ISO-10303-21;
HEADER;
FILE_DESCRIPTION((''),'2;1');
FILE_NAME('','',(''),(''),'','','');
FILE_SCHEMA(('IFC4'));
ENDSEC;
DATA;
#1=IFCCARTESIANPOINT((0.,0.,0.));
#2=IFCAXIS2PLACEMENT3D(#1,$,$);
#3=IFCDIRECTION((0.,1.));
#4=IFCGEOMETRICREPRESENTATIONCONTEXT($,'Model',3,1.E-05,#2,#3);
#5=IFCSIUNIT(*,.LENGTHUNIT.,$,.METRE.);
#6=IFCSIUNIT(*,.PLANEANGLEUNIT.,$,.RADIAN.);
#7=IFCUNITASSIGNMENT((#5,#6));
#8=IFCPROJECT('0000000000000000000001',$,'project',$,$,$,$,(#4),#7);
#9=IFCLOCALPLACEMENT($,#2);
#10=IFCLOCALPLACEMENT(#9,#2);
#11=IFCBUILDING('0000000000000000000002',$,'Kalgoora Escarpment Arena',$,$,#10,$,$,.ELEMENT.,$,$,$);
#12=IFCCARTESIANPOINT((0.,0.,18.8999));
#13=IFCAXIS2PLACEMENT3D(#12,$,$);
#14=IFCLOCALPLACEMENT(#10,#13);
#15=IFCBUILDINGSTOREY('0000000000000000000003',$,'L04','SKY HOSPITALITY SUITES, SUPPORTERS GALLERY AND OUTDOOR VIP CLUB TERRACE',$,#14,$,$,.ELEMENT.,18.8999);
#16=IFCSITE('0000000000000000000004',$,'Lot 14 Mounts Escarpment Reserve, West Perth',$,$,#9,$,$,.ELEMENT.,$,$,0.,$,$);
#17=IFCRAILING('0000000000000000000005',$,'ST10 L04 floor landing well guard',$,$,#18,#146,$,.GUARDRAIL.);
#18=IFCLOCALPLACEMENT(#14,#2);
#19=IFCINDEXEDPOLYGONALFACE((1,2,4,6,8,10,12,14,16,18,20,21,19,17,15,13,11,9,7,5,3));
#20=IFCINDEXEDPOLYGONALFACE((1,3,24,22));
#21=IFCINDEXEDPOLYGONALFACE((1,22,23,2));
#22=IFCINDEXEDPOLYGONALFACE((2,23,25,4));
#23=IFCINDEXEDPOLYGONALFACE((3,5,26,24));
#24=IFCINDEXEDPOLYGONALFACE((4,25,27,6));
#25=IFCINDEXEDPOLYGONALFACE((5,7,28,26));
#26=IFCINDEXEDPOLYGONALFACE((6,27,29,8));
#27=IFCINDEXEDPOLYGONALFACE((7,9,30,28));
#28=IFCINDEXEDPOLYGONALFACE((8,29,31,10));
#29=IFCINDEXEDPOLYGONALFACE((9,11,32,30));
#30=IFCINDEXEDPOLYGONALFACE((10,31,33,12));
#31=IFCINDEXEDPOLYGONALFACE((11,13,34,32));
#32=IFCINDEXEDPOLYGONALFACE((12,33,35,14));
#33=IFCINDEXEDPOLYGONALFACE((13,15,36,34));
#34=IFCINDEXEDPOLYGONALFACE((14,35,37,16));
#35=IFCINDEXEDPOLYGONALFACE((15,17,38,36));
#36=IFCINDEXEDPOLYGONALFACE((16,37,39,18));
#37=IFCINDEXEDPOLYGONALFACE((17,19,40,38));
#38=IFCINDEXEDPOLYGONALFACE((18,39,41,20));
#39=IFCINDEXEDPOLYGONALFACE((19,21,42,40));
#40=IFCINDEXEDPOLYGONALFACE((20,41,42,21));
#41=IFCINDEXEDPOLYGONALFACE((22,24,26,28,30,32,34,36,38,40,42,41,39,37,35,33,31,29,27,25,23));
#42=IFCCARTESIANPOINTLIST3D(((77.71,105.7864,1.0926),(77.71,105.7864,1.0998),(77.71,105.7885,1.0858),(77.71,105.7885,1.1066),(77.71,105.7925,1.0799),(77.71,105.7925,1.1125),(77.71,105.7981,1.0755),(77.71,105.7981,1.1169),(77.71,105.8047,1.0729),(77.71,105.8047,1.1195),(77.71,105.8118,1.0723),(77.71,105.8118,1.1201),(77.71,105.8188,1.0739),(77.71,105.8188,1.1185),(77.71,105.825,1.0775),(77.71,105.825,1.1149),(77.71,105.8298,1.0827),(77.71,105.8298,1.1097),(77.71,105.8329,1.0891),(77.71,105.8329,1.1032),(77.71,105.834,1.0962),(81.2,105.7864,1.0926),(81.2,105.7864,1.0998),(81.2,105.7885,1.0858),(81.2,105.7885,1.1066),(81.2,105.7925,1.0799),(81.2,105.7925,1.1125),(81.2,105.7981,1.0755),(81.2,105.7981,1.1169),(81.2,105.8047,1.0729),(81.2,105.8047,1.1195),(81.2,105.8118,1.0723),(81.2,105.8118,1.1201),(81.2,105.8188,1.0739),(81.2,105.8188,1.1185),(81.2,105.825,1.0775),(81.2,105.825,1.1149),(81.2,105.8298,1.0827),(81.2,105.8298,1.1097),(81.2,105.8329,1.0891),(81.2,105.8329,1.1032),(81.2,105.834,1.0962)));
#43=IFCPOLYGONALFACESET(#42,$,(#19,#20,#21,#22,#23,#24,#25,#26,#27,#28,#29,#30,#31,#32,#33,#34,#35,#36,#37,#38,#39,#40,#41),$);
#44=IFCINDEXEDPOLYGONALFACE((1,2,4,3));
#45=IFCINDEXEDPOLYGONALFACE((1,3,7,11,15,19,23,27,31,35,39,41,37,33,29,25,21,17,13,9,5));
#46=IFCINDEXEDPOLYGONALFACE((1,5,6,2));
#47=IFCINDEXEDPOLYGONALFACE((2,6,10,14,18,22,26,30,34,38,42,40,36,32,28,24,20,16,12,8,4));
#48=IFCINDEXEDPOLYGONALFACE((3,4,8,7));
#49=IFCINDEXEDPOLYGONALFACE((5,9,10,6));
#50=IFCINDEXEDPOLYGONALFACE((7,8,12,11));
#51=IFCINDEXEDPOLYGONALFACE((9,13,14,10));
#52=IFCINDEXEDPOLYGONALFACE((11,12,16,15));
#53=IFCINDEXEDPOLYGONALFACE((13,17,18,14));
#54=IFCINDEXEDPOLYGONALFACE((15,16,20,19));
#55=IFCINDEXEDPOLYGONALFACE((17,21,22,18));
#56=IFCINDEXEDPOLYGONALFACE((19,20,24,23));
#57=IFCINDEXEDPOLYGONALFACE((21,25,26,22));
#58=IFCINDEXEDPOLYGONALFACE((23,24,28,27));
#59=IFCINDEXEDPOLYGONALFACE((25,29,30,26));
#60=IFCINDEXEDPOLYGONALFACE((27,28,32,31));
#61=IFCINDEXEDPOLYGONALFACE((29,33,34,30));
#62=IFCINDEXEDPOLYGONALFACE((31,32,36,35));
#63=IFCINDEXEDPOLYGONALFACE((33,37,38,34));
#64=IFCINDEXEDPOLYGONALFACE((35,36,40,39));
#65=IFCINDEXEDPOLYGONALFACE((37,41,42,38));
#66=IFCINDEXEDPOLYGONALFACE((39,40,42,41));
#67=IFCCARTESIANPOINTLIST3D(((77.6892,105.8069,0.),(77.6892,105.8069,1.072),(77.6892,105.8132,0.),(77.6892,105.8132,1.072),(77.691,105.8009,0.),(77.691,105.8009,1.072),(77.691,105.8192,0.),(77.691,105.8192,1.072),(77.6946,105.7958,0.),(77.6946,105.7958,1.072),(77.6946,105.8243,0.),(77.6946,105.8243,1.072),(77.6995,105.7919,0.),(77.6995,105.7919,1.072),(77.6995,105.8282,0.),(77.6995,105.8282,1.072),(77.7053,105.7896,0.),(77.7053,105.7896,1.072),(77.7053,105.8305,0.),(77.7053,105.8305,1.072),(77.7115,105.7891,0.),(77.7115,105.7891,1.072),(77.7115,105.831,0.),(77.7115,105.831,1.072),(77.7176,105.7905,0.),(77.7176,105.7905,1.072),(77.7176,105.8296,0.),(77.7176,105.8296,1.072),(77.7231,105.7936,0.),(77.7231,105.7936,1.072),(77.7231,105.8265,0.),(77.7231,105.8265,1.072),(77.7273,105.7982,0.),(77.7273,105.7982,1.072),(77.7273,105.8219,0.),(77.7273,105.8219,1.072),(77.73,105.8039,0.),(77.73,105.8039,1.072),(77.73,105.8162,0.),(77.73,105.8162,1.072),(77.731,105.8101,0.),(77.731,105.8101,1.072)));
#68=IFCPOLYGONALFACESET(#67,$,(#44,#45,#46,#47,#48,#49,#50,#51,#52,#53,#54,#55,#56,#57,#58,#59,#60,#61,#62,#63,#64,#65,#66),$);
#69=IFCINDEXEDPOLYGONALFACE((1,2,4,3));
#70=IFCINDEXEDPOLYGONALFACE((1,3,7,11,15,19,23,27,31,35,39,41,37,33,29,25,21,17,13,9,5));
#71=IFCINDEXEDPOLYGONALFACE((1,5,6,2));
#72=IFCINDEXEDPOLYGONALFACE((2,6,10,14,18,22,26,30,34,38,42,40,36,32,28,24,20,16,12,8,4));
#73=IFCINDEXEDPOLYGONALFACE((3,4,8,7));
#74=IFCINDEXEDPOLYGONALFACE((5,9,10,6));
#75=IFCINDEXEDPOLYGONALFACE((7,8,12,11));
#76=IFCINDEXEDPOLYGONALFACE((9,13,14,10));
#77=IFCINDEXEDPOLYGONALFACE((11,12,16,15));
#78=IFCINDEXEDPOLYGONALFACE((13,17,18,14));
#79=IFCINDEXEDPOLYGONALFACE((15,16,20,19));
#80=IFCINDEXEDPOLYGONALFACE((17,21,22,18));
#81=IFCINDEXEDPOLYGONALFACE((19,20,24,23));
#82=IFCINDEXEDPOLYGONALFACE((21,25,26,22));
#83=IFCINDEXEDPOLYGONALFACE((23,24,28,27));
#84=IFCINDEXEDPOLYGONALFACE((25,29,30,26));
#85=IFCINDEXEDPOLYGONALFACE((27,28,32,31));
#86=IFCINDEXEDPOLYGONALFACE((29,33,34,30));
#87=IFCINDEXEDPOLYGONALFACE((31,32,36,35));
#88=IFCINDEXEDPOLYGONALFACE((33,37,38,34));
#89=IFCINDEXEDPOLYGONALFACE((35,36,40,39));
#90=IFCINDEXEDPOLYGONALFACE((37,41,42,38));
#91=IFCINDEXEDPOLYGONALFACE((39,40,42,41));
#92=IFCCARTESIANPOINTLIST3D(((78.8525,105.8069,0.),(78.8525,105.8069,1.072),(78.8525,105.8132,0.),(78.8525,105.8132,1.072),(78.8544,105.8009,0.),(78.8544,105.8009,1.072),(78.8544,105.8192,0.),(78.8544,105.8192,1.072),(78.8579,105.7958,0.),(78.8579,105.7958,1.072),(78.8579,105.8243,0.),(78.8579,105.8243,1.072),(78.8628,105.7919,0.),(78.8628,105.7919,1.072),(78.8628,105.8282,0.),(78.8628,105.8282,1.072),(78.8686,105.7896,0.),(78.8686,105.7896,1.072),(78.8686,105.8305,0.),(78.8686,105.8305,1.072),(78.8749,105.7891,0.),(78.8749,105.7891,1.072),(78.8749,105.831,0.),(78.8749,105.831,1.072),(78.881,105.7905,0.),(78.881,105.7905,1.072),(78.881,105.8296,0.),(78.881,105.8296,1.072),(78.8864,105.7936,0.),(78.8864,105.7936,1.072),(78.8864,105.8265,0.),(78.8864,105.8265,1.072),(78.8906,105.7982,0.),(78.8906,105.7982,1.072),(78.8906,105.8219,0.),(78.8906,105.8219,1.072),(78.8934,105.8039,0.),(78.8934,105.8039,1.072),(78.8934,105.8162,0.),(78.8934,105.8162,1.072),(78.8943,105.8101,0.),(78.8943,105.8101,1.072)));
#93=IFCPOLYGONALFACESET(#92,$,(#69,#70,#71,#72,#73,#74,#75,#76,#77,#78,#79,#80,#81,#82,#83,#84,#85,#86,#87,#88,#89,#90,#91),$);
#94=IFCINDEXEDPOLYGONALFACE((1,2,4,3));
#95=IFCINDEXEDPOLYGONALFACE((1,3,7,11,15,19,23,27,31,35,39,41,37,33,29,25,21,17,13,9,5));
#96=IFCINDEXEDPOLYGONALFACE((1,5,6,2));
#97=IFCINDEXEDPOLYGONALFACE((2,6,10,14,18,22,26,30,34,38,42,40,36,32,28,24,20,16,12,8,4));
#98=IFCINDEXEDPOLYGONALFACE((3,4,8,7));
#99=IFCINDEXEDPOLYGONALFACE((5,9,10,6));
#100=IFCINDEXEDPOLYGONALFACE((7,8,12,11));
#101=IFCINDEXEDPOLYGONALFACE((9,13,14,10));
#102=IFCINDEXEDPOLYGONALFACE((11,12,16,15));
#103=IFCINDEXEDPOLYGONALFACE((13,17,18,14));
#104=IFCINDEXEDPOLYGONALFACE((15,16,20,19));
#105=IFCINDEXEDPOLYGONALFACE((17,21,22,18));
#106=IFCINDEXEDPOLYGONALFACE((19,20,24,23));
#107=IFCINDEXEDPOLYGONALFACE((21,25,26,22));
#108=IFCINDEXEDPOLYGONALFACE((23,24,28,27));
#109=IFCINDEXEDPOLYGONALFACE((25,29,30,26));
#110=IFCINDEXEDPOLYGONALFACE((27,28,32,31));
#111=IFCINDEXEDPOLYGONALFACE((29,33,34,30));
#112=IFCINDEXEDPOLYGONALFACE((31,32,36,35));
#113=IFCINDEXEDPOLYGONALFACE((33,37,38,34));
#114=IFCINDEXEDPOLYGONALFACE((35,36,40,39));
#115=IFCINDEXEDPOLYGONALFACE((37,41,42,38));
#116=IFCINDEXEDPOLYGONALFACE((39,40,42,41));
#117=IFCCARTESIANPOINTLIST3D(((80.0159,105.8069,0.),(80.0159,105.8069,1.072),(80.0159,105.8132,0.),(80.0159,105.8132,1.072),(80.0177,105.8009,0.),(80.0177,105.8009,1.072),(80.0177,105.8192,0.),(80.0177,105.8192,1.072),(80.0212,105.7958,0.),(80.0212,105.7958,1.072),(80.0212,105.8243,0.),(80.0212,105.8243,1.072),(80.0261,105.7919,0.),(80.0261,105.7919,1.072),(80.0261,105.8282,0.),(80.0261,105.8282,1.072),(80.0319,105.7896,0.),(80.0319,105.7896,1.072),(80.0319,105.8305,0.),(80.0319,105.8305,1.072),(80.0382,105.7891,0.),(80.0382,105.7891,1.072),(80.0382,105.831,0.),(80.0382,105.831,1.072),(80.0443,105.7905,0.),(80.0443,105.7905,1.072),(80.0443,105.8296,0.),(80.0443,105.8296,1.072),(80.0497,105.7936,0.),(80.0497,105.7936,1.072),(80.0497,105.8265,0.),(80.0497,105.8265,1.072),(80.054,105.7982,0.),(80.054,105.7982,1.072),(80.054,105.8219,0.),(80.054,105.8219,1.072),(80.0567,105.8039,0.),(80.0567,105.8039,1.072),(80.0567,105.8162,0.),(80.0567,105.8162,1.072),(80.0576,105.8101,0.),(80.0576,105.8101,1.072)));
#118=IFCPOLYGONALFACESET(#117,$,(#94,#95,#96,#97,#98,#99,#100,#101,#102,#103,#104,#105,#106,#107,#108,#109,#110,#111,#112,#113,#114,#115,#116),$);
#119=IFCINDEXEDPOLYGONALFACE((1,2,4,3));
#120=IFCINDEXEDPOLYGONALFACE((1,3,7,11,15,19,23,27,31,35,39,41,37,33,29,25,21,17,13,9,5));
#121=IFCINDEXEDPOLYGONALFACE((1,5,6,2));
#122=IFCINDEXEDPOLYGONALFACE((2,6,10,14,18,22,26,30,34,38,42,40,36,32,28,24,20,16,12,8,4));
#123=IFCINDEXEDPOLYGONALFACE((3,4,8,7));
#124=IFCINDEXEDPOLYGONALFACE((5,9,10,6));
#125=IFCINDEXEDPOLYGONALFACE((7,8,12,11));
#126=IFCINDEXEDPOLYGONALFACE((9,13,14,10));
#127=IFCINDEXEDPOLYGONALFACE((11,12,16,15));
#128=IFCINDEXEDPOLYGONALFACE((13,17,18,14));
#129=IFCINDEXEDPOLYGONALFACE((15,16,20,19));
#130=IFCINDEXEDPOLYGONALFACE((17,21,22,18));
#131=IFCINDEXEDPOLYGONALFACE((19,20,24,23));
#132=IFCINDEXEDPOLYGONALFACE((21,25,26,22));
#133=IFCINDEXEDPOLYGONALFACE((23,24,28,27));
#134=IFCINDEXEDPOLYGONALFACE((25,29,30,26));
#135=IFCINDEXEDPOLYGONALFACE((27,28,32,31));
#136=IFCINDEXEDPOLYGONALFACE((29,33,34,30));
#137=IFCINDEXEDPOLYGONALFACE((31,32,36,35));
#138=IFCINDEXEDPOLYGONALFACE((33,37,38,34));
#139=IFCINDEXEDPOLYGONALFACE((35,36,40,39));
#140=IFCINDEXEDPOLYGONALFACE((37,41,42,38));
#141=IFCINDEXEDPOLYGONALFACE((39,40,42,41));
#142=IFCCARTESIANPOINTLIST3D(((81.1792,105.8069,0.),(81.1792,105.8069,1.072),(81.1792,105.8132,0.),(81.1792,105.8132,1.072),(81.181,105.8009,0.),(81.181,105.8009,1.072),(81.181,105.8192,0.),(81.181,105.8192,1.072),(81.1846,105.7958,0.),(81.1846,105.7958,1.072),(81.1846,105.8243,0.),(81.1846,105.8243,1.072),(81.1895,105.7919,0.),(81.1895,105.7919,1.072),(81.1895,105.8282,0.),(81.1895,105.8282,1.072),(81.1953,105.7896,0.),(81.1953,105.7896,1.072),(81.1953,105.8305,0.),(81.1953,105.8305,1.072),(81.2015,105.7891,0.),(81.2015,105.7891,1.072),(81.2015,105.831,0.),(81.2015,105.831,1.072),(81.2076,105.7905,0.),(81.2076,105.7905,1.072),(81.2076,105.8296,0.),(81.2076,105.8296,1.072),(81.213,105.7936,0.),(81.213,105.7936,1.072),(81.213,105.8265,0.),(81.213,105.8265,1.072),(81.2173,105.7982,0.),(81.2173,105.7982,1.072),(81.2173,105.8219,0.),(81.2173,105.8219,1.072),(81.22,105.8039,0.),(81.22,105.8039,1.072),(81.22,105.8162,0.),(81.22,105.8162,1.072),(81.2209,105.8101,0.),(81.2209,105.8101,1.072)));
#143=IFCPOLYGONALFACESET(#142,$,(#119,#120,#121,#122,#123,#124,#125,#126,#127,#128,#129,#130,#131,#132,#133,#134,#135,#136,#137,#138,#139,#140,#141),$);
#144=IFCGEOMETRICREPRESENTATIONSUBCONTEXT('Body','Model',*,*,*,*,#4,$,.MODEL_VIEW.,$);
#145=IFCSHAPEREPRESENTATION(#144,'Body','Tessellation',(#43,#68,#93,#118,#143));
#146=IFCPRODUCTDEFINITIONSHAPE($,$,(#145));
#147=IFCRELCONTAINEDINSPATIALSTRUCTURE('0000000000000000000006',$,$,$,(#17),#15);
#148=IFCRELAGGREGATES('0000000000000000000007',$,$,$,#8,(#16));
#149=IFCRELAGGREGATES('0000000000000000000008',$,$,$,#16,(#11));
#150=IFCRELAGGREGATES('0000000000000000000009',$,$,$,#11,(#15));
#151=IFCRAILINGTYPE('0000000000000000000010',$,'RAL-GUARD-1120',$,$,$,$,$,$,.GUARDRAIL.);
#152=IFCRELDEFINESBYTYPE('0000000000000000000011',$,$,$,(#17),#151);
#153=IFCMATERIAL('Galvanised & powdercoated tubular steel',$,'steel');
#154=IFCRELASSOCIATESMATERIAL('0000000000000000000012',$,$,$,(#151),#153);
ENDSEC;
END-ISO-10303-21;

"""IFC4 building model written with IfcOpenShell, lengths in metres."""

from ifc_helpers import new_model, si_unit, direction, frame, origin, origin_2d, place, context, subcontext, project, spatial, circle, extrude, material, type_object, element, save


model = new_model("IFC4")

# Units and contexts
model_context = context("Model", 3, precision=1e-05, world=origin(), true_north=direction((0.0, 1.0)))
body_context = subcontext(model_context, "Body", "Model", "MODEL_VIEW")
ifc_project = project(units=[si_unit("LENGTHUNIT", "METRE"), si_unit("PLANEANGLEUNIT", "RADIAN")], contexts=[model_context])

# Site, building, storey
site_placement = place(None, origin())
site = spatial("IfcSite", under=ifc_project, at=site_placement, Name="Lot 14 Mounts Escarpment Reserve, West Perth", CompositionType="ELEMENT", RefElevation=0.0)
building_placement = place(site_placement, origin())
building = spatial("IfcBuilding", under=site, at=building_placement, Name="Kalgoora Escarpment Arena", CompositionType="ELEMENT")
storey_placement = place(building_placement, frame((0.0, 0.0, 18.8999)))
storey = spatial("IfcBuildingStorey", under=building, at=storey_placement, Name="L04", Description="SKY HOSPITALITY SUITES, SUPPORTERS GALLERY AND OUTDOOR VIP CLUB TERRACE", CompositionType="ELEMENT", Elevation=18.8999)

# Railing
ifc_material_1 = material(Name="Galvanised & powdercoated tubular steel", Category="steel")
railing_type_1 = type_object("IfcRailingType", Name="RAL-GUARD-1120", PredefinedType="GUARDRAIL", material=ifc_material_1)
railing_1_placement = place(storey_placement, frame((77.71, 105.8101, 0.0)))
element("IfcRailing", 1, at=railing_1_placement, inside=storey, type_object=railing_type_1, Name="ST10 L04 floor landing well guard", PredefinedType="GUARDRAIL", context=body_context, shape_type="SweptSolid", body=[
    extrude(circle(Radius=0.0239, at=origin_2d()), frame((0.0, 0.0, 1.0962), z_axis=(1.0, 0.0, 0.0), x_axis=(0.0, 1.0, 0.0)), (0.0, 0.0, 1.0), 3.49),
    extrude(circle(Radius=0.021, at=origin_2d()), origin(), (0.0, 0.0, 1.0), 1.072),
    extrude(circle(Radius=0.021, at=origin_2d()), frame((1.1633, 0.0, 0.0)), (0.0, 0.0, 1.0), 1.072),
    extrude(circle(Radius=0.021, at=origin_2d()), frame((2.3267, 0.0, 0.0)), (0.0, 0.0, 1.0), 1.072),
    extrude(circle(Radius=0.021, at=origin_2d()), frame((3.49, 0.0, 0.0)), (0.0, 0.0, 1.0), 1.072),
])

save(model, "model.ifc")
